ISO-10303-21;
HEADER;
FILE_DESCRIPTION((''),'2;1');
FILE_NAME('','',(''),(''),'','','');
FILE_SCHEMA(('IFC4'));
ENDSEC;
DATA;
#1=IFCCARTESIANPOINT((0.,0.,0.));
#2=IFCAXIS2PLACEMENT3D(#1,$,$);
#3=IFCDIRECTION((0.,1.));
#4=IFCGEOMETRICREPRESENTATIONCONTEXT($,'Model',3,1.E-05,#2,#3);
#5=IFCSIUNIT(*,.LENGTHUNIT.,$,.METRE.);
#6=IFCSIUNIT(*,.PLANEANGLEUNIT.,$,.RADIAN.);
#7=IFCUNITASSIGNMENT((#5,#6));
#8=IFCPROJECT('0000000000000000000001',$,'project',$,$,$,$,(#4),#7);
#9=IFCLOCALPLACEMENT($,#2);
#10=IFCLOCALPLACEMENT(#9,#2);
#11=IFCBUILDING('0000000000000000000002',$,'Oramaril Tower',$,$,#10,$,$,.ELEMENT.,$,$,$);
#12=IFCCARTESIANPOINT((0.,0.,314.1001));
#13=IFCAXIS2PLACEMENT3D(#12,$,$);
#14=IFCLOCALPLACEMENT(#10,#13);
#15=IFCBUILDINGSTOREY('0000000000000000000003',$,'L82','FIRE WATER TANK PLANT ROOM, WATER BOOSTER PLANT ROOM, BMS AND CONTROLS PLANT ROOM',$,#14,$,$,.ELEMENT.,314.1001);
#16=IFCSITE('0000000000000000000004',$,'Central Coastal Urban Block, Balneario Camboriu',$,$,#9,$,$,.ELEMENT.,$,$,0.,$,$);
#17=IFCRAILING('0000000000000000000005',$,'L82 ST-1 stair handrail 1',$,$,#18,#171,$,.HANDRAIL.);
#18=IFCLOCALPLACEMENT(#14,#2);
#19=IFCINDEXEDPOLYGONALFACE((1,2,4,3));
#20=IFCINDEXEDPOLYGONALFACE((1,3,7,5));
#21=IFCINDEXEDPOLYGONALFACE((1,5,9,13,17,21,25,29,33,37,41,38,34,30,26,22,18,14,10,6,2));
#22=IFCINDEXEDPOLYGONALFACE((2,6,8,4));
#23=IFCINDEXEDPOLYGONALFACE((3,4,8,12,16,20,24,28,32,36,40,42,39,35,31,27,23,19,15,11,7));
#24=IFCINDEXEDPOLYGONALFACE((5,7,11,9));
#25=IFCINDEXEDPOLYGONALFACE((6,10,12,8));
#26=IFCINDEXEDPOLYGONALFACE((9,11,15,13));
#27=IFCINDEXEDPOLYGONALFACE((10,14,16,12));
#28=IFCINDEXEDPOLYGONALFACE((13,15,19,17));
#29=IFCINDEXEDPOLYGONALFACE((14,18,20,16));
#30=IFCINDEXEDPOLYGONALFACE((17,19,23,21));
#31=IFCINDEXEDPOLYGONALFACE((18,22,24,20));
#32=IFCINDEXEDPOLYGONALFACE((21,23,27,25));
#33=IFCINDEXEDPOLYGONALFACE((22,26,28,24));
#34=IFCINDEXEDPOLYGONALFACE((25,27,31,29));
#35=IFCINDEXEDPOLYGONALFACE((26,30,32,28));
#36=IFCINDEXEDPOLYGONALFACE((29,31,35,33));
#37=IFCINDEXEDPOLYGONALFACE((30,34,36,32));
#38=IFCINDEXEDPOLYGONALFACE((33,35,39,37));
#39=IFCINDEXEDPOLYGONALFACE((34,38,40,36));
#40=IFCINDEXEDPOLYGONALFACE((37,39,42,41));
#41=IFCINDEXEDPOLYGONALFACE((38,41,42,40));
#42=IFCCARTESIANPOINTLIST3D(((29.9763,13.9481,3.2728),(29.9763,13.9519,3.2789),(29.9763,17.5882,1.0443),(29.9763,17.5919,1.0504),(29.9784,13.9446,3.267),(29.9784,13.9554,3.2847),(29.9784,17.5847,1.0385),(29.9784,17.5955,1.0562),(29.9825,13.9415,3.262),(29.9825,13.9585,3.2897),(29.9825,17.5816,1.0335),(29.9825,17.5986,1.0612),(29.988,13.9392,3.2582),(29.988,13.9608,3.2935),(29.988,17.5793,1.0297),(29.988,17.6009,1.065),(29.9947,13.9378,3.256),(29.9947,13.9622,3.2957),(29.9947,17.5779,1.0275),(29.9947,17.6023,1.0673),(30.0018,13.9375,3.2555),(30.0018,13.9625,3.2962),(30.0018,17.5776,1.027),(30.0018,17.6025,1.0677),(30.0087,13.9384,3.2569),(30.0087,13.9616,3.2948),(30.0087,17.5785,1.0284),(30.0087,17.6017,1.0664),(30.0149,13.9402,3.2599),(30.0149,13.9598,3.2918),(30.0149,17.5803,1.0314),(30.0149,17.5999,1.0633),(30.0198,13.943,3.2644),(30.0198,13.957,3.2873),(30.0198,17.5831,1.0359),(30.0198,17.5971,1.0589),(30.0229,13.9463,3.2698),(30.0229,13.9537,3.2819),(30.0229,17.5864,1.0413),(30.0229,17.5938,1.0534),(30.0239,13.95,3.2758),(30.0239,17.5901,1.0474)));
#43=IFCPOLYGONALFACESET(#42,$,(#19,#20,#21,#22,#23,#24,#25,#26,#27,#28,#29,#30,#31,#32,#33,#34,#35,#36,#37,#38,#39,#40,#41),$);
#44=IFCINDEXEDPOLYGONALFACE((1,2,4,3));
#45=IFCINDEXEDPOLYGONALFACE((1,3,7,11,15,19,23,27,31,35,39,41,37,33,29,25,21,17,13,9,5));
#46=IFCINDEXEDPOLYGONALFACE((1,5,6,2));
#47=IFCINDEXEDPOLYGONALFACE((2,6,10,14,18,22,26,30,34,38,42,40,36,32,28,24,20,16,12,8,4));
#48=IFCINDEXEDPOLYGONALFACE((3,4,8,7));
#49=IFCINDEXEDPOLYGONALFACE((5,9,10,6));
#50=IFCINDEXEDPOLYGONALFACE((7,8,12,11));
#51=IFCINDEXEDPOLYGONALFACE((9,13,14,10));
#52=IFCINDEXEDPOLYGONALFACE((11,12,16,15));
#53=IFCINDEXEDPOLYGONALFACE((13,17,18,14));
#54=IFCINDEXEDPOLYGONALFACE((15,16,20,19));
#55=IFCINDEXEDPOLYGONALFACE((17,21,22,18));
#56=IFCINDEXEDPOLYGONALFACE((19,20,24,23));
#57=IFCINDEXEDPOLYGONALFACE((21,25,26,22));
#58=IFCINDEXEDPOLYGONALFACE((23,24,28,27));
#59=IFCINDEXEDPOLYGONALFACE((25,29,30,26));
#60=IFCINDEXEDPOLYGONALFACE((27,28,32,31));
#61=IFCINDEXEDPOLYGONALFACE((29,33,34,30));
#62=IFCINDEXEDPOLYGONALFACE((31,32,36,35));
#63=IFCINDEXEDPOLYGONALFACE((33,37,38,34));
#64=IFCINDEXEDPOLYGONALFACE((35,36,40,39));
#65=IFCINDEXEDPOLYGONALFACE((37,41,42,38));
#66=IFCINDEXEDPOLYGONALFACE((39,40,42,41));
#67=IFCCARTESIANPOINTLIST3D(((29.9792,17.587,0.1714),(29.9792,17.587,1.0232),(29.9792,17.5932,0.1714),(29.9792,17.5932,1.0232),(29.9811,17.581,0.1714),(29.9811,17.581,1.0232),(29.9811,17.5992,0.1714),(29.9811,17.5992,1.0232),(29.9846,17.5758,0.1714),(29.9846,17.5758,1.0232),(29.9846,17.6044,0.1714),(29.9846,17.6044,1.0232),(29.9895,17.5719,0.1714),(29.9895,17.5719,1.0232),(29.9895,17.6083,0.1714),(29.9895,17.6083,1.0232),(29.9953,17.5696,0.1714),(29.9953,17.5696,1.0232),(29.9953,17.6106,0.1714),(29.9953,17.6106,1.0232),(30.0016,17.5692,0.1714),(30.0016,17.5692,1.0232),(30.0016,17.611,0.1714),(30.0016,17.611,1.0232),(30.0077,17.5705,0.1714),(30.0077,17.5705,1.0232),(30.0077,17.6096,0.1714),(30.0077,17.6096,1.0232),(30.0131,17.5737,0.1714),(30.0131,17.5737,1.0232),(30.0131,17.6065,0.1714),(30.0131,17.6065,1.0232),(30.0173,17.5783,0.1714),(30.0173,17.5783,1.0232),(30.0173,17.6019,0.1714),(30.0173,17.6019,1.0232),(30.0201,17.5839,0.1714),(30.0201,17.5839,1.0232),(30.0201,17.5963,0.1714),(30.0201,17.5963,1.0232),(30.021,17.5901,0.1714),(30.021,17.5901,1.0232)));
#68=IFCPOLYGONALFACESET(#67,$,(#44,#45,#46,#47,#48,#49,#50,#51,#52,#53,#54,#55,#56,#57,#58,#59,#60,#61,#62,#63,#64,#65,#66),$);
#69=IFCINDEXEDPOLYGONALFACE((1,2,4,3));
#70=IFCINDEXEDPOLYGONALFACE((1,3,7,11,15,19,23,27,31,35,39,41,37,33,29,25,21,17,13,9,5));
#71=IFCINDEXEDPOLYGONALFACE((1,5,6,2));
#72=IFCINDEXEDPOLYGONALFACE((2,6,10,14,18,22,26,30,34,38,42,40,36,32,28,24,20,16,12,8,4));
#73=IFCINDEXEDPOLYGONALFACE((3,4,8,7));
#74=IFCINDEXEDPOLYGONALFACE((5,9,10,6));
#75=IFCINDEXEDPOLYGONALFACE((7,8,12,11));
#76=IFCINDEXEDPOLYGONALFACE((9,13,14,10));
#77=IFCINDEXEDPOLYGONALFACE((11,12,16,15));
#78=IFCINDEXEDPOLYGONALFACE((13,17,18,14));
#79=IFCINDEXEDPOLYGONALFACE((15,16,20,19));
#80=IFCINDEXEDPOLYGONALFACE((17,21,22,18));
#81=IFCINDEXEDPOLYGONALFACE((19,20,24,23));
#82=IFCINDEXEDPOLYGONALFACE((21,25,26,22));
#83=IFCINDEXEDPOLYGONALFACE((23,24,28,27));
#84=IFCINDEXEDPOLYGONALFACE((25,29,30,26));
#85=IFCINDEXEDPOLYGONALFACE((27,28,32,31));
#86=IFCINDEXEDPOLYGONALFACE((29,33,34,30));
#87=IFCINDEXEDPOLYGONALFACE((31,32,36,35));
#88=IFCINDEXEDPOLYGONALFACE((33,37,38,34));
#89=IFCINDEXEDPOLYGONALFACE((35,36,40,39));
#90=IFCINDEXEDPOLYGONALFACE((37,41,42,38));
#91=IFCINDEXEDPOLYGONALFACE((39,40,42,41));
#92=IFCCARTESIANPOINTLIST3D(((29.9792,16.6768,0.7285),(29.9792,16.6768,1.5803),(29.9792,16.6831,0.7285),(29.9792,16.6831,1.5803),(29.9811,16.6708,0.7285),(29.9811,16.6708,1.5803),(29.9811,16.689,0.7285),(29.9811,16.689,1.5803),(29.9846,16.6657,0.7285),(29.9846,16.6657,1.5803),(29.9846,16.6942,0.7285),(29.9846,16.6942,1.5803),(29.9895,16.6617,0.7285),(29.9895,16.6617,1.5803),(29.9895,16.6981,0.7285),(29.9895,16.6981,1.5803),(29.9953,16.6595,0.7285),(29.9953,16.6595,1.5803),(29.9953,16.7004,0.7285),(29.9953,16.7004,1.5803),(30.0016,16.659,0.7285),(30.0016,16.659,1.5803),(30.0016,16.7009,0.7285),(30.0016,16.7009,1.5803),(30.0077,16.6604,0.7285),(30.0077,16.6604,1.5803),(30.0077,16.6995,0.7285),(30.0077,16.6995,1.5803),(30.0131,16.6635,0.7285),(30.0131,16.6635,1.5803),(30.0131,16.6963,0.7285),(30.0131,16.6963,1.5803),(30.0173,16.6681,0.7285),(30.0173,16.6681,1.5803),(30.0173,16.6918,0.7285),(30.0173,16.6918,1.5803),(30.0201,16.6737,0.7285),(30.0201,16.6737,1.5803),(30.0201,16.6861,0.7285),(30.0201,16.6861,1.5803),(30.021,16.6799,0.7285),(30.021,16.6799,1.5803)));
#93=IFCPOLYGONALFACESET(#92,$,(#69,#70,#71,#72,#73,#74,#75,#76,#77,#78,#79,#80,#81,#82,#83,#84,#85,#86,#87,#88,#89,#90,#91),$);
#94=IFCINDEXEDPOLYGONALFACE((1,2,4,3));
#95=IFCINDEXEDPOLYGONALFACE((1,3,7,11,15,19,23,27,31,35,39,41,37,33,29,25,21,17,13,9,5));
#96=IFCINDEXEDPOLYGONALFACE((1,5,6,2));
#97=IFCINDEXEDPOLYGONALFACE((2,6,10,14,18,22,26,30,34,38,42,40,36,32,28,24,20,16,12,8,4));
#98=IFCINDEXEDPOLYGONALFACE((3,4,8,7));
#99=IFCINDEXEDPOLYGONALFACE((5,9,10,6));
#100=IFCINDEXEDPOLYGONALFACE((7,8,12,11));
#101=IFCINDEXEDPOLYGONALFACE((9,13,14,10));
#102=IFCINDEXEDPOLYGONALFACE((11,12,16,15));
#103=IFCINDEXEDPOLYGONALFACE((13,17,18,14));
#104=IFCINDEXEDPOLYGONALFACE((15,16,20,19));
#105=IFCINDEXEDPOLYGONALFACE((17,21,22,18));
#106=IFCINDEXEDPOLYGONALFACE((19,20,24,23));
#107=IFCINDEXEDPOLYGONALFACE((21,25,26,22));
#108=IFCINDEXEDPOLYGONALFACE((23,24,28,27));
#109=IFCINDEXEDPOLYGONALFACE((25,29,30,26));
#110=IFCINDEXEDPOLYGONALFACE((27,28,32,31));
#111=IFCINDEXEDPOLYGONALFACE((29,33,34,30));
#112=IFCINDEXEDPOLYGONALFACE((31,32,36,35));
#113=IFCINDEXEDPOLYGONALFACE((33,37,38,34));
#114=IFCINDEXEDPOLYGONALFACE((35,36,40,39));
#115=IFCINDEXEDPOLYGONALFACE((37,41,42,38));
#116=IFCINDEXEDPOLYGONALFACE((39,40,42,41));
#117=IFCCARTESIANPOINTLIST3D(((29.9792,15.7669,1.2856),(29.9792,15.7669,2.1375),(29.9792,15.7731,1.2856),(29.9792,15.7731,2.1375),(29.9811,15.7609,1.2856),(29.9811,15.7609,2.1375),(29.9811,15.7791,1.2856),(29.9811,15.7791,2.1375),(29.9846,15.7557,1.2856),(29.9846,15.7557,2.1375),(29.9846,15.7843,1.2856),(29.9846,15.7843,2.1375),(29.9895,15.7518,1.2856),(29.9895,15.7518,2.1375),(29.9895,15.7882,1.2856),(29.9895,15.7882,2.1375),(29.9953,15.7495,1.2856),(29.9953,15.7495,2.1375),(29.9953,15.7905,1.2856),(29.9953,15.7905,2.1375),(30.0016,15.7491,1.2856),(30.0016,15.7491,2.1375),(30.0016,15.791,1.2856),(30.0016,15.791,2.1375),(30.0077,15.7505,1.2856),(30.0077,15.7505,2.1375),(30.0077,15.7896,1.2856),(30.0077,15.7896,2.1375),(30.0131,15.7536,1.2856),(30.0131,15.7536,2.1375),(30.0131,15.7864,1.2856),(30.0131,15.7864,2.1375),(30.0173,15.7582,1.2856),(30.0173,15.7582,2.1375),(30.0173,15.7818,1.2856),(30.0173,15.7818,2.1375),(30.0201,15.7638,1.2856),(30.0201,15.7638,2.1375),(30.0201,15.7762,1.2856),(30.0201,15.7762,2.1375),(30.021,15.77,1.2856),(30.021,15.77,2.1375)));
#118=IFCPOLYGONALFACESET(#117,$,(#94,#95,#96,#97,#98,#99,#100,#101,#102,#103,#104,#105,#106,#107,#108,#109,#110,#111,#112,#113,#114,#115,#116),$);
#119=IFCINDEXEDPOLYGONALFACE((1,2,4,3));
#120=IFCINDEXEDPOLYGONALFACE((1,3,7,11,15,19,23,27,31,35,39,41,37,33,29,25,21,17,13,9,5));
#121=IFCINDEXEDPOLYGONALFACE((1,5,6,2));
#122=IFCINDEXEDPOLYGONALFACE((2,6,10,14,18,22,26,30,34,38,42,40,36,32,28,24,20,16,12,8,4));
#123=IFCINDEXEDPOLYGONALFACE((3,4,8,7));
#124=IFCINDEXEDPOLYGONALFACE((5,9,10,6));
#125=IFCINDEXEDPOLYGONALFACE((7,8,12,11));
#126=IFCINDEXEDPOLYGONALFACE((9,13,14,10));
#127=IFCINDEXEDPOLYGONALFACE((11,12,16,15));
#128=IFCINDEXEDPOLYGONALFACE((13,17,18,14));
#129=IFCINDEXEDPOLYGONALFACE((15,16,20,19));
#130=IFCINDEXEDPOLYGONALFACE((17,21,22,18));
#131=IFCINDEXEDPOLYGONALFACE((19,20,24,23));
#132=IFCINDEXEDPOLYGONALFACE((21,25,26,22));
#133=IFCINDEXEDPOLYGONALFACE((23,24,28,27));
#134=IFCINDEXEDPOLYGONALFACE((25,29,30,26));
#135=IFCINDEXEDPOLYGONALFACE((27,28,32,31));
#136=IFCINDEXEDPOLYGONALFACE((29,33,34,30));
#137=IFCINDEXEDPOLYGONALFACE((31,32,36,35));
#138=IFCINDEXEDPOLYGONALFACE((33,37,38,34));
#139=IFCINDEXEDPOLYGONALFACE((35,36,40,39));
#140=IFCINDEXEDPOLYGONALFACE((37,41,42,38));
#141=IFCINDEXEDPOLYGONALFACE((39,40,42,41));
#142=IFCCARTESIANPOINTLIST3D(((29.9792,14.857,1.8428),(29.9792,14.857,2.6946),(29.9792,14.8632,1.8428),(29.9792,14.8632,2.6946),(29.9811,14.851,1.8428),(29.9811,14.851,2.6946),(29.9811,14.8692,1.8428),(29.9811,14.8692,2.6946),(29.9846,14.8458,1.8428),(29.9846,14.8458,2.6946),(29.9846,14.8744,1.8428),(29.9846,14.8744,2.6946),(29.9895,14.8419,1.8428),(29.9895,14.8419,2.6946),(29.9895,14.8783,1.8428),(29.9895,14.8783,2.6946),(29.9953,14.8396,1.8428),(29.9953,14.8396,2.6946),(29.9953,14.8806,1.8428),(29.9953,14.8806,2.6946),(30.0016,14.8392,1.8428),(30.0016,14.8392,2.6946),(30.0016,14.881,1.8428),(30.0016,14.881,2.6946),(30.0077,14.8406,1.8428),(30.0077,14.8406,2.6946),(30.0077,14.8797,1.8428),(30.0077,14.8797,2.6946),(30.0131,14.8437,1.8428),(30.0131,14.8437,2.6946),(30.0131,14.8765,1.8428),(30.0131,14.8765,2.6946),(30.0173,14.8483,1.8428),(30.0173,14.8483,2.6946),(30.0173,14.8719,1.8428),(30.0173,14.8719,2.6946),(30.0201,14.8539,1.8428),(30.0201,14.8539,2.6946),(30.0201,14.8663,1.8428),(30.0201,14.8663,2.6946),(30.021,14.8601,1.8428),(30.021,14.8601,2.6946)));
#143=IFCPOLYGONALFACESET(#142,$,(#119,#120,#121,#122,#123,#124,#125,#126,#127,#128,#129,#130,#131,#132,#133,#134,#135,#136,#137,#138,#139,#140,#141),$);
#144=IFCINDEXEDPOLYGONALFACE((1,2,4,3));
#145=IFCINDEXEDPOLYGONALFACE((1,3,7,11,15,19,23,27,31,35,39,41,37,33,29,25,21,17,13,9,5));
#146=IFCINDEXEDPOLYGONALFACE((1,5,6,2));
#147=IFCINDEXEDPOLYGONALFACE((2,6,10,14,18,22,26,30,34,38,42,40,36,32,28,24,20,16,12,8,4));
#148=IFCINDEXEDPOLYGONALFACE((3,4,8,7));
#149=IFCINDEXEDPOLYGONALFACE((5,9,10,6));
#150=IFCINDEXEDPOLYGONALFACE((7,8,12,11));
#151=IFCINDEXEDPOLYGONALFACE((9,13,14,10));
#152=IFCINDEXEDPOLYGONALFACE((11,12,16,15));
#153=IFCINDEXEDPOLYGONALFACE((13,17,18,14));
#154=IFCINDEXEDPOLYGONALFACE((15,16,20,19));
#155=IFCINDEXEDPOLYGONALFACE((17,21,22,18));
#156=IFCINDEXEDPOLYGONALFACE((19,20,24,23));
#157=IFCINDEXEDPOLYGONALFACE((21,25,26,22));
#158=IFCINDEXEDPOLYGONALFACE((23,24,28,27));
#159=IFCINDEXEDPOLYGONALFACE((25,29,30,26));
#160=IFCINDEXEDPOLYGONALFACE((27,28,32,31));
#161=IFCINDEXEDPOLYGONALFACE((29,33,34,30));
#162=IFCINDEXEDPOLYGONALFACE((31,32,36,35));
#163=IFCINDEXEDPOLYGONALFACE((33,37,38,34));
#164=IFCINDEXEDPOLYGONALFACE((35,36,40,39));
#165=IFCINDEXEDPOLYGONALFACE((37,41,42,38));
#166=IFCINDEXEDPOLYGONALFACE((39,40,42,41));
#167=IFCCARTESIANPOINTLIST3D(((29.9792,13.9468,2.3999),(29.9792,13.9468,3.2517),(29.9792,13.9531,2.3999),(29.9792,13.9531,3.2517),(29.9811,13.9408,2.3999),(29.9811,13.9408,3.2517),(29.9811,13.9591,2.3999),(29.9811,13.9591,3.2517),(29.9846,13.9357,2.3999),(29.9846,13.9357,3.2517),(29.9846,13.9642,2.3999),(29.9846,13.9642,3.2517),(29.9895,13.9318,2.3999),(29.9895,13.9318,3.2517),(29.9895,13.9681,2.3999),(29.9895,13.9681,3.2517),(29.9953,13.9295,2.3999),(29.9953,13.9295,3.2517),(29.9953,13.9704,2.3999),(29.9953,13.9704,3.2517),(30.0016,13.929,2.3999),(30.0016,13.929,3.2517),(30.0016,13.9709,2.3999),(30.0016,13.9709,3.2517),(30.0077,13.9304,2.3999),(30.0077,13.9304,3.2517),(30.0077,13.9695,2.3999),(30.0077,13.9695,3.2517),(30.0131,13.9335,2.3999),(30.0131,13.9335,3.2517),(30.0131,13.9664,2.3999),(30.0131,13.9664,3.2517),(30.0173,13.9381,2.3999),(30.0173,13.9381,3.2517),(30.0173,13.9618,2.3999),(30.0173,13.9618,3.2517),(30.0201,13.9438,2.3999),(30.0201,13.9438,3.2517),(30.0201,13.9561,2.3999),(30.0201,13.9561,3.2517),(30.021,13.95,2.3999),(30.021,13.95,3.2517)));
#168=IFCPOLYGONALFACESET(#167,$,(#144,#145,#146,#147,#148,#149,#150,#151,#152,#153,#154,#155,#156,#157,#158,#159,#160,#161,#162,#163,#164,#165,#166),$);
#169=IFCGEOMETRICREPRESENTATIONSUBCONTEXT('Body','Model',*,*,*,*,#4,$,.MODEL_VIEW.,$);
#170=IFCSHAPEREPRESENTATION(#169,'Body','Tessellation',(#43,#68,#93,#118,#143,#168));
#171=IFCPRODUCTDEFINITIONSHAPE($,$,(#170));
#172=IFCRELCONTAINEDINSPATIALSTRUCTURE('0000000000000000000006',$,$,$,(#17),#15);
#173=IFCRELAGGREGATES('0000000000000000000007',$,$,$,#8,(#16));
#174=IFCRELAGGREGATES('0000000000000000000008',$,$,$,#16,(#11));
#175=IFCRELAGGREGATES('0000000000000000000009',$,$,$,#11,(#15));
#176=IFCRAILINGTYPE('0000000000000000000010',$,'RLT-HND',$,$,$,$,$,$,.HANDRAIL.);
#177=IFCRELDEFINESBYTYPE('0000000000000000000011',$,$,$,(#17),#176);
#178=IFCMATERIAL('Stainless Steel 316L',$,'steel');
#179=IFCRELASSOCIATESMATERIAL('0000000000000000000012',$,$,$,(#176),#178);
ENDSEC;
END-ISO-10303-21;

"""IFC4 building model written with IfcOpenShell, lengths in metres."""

from ifc_helpers import new_model, si_unit, direction, frame, origin, origin_2d, place, context, subcontext, project, spatial, circle, extrude, material, type_object, element, save


model = new_model("IFC4")

# Units and contexts
model_context = context("Model", 3, precision=1e-05, world=origin(), true_north=direction((0.0, 1.0)))
body_context = subcontext(model_context, "Body", "Model", "MODEL_VIEW")
ifc_project = project(units=[si_unit("LENGTHUNIT", "METRE"), si_unit("PLANEANGLEUNIT", "RADIAN")], contexts=[model_context])

# Site, building, storey
site_placement = place(None, origin())
site = spatial("IfcSite", under=ifc_project, at=site_placement, Name="Central Coastal Urban Block, Balneario Camboriu", CompositionType="ELEMENT", RefElevation=0.0)
building_placement = place(site_placement, origin())
building = spatial("IfcBuilding", under=site, at=building_placement, Name="Oramaril Tower", CompositionType="ELEMENT")
storey_placement = place(building_placement, frame((0.0, 0.0, 314.1001)))
storey = spatial("IfcBuildingStorey", under=building, at=storey_placement, Name="L82", Description="FIRE WATER TANK PLANT ROOM, WATER BOOSTER PLANT ROOM, BMS AND CONTROLS PLANT ROOM", CompositionType="ELEMENT", Elevation=314.1001)

# Railing
ifc_material_1 = material(Name="Stainless Steel 316L", Category="steel")
railing_type_1 = type_object("IfcRailingType", Name="RLT-HND", PredefinedType="HANDRAIL", material=ifc_material_1)
railing_1_placement = place(storey_placement, frame((30.0, 17.5901, 0.1714)))
element("IfcRailing", 1, at=railing_1_placement, inside=storey, type_object=railing_type_1, Name="L82 ST-1 stair handrail 1", PredefinedType="HANDRAIL", context=body_context, shape_type="SweptSolid", body=[
    extrude(circle(Radius=0.0239, at=origin_2d()), frame((0.0, 0.0, 0.876), z_axis=(0.0, -0.852866, 0.52213), x_axis=(1.0, 0.0, 0.0)), (0.0, 0.0, 1.0), 4.2681),
    extrude(circle(Radius=0.021, at=origin_2d()), origin(), (0.0, 0.0, 1.0), 0.8518),
    extrude(circle(Radius=0.021, at=origin_2d()), frame((0.0, -0.9102, 0.5571)), (0.0, 0.0, 1.0), 0.8518),
    extrude(circle(Radius=0.021, at=origin_2d()), frame((0.0, -1.8201, 1.1143)), (0.0, 0.0, 1.0), 0.8518),
    extrude(circle(Radius=0.021, at=origin_2d()), frame((0.0, -2.73, 1.6714)), (0.0, 0.0, 1.0), 0.8518),
    extrude(circle(Radius=0.021, at=origin_2d()), frame((0.0, -3.6401, 2.2285)), (0.0, 0.0, 1.0), 0.8518),
])

save(model, "model.ifc")
